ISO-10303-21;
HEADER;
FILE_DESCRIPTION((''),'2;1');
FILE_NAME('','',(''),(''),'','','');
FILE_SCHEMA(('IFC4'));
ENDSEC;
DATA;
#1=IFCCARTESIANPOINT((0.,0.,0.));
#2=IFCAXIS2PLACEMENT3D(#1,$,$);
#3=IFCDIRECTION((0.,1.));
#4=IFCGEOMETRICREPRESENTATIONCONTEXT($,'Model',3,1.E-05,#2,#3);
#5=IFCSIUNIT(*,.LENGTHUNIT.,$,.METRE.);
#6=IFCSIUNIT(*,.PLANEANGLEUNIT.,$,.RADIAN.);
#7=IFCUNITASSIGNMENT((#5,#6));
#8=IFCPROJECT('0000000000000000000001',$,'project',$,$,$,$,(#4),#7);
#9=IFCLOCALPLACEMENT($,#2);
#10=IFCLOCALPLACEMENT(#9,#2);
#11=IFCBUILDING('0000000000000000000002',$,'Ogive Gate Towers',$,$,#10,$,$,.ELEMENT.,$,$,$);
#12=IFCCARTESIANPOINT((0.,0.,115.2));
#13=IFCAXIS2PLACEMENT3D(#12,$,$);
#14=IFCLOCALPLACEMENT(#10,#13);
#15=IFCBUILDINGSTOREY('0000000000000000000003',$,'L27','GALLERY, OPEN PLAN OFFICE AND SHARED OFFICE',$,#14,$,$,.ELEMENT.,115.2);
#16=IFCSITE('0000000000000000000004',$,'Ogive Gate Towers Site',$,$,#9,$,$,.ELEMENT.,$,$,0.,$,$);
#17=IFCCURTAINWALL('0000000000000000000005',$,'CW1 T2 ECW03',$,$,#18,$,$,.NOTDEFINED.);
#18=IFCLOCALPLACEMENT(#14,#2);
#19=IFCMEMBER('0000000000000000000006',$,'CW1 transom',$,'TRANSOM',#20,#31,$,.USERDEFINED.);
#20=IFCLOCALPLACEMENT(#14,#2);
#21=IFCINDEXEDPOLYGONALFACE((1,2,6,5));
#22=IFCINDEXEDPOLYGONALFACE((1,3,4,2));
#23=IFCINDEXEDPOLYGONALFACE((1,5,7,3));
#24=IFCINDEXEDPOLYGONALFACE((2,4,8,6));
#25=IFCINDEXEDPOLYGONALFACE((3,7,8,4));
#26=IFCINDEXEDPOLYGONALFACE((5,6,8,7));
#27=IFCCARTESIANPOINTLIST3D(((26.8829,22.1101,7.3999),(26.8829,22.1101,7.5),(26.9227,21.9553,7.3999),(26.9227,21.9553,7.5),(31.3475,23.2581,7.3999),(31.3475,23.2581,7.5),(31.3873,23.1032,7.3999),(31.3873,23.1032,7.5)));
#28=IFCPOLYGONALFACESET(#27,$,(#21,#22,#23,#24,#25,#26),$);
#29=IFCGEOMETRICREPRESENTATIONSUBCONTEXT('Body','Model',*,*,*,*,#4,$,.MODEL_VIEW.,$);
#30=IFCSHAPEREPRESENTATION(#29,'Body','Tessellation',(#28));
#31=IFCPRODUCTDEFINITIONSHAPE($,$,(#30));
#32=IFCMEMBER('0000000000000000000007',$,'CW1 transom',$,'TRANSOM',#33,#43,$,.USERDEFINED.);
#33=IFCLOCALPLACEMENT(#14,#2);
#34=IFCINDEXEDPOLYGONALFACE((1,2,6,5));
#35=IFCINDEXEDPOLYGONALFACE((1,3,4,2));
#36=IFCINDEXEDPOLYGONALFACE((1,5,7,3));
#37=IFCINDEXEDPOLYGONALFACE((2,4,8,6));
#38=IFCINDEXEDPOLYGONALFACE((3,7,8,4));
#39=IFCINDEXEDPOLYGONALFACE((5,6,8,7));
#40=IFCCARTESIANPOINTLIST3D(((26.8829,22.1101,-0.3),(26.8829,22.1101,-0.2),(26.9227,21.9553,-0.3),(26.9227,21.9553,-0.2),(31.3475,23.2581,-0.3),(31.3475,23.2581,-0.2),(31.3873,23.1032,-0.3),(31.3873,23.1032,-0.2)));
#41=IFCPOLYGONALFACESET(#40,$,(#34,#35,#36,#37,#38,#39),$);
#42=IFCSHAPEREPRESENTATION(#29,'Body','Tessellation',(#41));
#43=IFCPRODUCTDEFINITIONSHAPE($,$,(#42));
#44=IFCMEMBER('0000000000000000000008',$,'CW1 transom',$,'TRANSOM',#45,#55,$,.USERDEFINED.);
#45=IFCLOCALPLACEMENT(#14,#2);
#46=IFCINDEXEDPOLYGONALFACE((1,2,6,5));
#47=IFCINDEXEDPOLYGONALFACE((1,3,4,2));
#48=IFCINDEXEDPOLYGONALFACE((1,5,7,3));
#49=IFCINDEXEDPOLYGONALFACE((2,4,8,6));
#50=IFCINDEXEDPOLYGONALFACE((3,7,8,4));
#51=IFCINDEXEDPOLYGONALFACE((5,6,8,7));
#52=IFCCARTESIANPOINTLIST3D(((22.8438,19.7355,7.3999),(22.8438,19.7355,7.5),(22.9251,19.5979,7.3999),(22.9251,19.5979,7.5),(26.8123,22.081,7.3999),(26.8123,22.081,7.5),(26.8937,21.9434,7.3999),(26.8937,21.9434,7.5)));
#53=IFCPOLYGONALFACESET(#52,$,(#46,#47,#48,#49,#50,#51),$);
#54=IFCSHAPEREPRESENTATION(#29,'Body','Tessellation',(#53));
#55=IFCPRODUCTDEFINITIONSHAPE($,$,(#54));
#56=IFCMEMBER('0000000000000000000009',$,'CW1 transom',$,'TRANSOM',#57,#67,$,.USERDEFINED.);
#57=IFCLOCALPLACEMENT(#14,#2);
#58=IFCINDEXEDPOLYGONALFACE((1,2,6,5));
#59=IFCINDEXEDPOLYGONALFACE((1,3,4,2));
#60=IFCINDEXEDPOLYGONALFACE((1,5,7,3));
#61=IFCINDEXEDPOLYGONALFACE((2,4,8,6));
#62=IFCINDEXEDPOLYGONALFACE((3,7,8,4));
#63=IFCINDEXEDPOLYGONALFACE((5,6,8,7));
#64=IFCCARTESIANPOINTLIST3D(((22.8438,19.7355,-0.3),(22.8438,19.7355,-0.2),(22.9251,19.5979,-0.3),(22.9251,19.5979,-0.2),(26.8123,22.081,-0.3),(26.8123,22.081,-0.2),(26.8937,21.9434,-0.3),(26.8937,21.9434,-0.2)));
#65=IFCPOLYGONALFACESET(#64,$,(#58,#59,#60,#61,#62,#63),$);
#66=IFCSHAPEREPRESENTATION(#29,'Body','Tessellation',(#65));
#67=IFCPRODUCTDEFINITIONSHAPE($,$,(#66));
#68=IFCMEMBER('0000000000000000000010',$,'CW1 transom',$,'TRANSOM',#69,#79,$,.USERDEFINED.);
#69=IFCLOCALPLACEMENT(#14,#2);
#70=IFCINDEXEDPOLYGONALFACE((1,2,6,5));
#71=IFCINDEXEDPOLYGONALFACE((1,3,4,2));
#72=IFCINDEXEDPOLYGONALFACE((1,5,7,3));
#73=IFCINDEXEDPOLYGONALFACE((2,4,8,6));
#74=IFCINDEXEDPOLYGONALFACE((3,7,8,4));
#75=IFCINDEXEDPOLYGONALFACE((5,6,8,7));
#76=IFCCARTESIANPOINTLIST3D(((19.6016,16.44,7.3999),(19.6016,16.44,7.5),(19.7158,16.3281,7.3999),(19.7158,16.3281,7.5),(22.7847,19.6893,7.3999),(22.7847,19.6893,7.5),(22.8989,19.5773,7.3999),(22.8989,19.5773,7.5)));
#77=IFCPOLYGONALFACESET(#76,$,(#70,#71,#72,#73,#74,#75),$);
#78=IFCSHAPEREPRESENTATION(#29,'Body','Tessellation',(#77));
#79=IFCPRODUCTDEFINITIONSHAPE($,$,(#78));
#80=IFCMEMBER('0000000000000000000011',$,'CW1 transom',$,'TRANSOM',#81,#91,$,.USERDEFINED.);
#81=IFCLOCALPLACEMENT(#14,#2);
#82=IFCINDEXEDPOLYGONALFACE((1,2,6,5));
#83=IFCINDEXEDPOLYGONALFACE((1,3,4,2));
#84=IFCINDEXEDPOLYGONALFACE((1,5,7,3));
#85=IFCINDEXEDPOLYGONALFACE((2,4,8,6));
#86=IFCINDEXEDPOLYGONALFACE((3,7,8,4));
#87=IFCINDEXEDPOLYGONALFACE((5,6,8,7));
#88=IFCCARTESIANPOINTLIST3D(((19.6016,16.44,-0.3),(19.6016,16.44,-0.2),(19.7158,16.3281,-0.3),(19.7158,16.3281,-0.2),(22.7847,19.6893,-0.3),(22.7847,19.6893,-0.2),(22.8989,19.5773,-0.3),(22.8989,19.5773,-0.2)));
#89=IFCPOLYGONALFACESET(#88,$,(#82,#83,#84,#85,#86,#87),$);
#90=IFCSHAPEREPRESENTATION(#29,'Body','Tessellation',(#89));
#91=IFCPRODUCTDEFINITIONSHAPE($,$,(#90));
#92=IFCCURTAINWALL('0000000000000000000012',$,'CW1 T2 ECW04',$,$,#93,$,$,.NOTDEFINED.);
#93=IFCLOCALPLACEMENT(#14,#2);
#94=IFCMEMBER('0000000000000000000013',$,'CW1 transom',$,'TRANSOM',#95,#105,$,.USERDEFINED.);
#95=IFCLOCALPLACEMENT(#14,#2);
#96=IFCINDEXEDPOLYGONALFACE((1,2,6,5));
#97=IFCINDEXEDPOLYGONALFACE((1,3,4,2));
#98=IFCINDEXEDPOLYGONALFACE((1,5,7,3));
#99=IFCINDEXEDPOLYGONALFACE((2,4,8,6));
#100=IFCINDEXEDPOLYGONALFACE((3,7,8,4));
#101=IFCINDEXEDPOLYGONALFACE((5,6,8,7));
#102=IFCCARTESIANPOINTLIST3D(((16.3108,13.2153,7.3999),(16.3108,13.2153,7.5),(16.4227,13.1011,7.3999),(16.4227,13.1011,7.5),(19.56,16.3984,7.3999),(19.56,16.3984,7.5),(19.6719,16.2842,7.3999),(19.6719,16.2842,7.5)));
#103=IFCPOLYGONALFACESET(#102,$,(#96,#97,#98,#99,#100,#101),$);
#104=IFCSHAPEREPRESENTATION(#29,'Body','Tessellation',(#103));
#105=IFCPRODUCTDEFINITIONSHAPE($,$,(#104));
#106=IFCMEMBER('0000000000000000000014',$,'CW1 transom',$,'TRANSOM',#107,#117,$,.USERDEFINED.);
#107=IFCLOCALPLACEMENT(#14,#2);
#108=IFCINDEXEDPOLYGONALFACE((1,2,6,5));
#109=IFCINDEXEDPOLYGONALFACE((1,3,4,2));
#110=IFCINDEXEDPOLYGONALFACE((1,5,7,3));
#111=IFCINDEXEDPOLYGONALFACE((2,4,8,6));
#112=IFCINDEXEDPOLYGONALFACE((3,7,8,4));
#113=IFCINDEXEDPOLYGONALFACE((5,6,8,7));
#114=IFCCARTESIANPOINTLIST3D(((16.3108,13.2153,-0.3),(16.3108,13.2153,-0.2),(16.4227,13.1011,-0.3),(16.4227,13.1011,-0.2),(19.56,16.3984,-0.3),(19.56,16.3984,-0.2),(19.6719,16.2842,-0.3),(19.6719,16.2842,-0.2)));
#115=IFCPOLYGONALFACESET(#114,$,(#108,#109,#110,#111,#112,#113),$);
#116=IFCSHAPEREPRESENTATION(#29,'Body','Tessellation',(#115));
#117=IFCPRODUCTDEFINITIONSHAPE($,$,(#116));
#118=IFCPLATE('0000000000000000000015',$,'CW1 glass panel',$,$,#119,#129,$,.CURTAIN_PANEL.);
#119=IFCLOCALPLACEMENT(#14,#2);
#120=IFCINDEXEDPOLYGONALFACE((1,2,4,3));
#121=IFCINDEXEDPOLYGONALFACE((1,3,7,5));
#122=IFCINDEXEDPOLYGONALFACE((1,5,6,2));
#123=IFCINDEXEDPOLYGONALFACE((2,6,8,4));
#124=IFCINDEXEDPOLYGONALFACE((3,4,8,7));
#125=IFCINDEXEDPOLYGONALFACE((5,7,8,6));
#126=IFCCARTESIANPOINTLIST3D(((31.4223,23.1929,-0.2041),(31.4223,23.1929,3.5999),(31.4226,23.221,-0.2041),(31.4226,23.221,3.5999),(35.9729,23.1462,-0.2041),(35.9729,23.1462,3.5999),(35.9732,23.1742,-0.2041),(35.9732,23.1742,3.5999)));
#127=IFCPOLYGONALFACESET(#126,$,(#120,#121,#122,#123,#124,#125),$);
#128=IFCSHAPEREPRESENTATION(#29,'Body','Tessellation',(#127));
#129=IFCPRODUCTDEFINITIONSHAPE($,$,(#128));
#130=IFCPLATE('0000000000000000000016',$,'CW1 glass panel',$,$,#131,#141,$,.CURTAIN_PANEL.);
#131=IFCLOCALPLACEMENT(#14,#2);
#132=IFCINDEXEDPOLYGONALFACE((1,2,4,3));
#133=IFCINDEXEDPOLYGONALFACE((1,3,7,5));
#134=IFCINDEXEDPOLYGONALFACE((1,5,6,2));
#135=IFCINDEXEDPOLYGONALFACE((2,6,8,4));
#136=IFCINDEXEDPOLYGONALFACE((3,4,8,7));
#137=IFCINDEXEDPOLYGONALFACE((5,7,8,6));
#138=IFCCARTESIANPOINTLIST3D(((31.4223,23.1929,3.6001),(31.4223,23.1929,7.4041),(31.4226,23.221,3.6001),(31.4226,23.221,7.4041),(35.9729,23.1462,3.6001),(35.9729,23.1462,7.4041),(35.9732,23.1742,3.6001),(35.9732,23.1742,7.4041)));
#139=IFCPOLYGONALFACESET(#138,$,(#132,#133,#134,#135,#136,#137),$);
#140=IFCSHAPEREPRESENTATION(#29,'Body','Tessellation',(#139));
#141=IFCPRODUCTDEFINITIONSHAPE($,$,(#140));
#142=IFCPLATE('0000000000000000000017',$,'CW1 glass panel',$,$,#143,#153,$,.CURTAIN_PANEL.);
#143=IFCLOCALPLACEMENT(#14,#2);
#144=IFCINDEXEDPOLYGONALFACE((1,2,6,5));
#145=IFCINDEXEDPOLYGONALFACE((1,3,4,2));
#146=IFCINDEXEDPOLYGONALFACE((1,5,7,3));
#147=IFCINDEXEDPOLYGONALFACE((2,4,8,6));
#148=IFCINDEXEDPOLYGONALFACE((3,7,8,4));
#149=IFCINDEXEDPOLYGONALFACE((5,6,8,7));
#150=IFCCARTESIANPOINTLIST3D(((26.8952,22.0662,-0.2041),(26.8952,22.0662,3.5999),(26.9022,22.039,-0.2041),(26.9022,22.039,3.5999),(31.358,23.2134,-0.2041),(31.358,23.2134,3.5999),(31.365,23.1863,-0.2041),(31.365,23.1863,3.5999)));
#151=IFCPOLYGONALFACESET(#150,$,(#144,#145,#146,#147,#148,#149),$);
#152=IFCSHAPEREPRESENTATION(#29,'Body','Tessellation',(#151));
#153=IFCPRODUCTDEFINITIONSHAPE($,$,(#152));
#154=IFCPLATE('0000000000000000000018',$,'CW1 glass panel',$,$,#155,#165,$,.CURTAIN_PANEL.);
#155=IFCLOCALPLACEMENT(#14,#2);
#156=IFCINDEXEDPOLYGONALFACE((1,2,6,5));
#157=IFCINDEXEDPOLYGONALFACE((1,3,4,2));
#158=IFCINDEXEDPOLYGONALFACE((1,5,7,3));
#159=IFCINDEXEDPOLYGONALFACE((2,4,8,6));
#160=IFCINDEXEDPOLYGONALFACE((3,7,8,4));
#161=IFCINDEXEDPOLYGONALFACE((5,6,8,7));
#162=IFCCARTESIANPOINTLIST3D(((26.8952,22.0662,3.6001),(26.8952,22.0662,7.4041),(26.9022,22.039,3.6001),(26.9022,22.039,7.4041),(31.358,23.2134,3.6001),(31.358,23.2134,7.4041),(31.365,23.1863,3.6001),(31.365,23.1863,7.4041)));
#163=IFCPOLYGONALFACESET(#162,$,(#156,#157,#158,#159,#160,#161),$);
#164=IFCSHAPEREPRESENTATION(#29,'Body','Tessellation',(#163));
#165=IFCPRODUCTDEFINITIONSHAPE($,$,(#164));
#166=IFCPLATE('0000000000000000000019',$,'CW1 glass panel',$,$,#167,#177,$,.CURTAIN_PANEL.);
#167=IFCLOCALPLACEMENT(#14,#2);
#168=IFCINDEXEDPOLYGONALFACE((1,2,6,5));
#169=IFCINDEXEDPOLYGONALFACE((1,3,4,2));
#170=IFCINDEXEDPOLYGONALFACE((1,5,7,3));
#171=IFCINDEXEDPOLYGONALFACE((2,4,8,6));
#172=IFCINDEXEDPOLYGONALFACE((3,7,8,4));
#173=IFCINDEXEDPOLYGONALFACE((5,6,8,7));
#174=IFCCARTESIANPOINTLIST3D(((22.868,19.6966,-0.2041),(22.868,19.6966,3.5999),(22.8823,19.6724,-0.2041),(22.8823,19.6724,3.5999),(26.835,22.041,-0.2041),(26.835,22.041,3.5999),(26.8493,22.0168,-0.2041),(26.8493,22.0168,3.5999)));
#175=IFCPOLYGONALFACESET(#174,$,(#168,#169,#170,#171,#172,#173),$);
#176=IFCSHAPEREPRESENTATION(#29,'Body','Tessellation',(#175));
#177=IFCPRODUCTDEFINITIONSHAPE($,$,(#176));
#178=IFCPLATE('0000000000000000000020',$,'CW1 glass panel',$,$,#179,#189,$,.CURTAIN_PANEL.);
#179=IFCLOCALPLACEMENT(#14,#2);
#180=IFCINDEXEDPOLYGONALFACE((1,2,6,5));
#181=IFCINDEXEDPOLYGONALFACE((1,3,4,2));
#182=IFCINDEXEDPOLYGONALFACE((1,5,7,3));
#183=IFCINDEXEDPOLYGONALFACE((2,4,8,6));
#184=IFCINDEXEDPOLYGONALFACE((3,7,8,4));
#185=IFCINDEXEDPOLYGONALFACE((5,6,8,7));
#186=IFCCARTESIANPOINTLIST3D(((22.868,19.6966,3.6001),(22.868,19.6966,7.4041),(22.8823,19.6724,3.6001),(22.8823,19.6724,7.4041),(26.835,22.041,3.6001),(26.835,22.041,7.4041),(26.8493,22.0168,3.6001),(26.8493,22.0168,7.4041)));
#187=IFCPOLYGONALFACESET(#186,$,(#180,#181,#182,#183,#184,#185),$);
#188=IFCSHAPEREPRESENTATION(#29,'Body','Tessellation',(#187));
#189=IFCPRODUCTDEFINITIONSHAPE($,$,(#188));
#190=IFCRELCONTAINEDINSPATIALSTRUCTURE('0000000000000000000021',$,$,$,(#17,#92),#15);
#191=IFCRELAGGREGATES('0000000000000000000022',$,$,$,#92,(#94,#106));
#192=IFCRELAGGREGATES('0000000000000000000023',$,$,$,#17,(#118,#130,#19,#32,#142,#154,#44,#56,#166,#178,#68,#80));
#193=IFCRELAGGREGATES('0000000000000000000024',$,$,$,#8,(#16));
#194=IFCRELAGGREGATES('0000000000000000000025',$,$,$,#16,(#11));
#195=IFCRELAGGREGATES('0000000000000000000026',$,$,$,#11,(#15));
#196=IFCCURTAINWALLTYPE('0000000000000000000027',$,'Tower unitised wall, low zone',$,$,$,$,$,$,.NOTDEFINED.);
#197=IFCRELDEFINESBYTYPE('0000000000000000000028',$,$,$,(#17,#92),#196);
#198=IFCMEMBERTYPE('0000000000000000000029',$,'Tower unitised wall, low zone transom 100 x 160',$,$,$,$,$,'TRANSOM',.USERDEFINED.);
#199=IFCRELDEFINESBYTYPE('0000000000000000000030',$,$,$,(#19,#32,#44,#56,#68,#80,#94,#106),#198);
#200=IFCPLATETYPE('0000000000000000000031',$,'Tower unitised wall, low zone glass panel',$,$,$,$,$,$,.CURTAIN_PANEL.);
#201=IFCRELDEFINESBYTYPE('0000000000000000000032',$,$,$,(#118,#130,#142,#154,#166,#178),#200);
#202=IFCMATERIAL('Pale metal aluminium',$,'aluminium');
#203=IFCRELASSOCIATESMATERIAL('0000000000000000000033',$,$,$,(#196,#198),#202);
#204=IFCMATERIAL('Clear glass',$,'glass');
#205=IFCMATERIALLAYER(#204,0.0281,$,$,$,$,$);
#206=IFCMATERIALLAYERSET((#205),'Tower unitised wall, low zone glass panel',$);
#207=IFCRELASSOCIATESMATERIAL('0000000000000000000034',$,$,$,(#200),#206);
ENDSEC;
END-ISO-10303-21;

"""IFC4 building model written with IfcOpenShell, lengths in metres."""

from ifc_helpers import new_model, si_unit, direction, frame, origin, origin_2d, place, context, subcontext, project, spatial, rectangle, extrude, material, layer, layer_set, material_profile, profile_set, type_object, element, aggregate, save


model = new_model("IFC4")

# Units and contexts
model_context = context("Model", 3, precision=1e-05, world=origin(), true_north=direction((0.0, 1.0)))
body_context = subcontext(model_context, "Body", "Model", "MODEL_VIEW")
ifc_project = project(units=[si_unit("LENGTHUNIT", "METRE"), si_unit("PLANEANGLEUNIT", "RADIAN")], contexts=[model_context])

# Site, building, storey
site_placement = place(None, origin())
site = spatial("IfcSite", under=ifc_project, at=site_placement, Name="Ogive Gate Towers Site", CompositionType="ELEMENT", RefElevation=0.0)
building_placement = place(site_placement, origin())
building = spatial("IfcBuilding", under=site, at=building_placement, Name="Ogive Gate Towers", CompositionType="ELEMENT")
storey_placement = place(building_placement, frame((0.0, 0.0, 115.2)))
storey = spatial("IfcBuildingStorey", under=building, at=storey_placement, Name="L27", Description="GALLERY, OPEN PLAN OFFICE AND SHARED OFFICE", CompositionType="ELEMENT", Elevation=115.2)

# Shared definitions
ifc_material_1 = material(Name="Pale metal aluminium", Category="aluminium")
curtain_wall_type = type_object("IfcCurtainWallType", Name="Tower unitised wall, low zone", PredefinedType="NOTDEFINED", material=ifc_material_1)

# Curtain walls, members
curtain_wall_1_placement = place(storey_placement, origin())
curtain_wall_1 = element("IfcCurtainWall", 1, at=curtain_wall_1_placement, inside=storey, type_object=curtain_wall_type, Name="CW1 T2 ECW03", PredefinedType="NOTDEFINED")
ifc_material_profile_1 = material_profile(ifc_material_1, rectangle(XDim=0.1599, YDim=0.1001, at=origin_2d()), Name="100 x 160 aluminium box")
ifc_profile_set_1 = profile_set([ifc_material_profile_1], Name="Pale metal aluminium")
member_type_1 = type_object("IfcMemberType", Name="Tower unitised wall, low zone transom 100 x 160", ElementType="TRANSOM", PredefinedType="USERDEFINED", material=ifc_profile_set_1)
member_1_placement = place(storey_placement, frame((31.3674, 23.1807, 7.45), z_axis=(-0.968498, -0.249023, 0.0), x_axis=(0.249023, -0.968498, 0.0)))
member_1 = element("IfcMember", 2, at=member_1_placement, type_object=member_type_1, Name="CW1 transom", ObjectType="TRANSOM", PredefinedType="USERDEFINED", context=body_context, shape_type="SweptSolid", body=[
    extrude(rectangle(XDim=0.1599, YDim=0.1001, at=origin_2d()), origin(), (0.0, 0.0, 1.0), 4.6099),
])
member_2_placement = place(storey_placement, frame((31.3674, 23.1807, -0.25), z_axis=(-0.968498, -0.249023, 0.0), x_axis=(0.249023, -0.968498, 0.0)))
member_2 = element("IfcMember", 3, at=member_2_placement, type_object=member_type_1, Name="CW1 transom", ObjectType="TRANSOM", PredefinedType="USERDEFINED", context=body_context, shape_type="SweptSolid", body=[
    extrude(rectangle(XDim=0.1599, YDim=0.1001, at=origin_2d()), origin(), (0.0, 0.0, 1.0), 4.6099),
])
member_3_placement = place(storey_placement, frame((26.853, 22.0122, 7.45), z_axis=(-0.860885, -0.508799, 0.0), x_axis=(0.508799, -0.860885, 0.0)))
member_3 = element("IfcMember", 4, at=member_3_placement, type_object=member_type_1, Name="CW1 transom", ObjectType="TRANSOM", PredefinedType="USERDEFINED", context=body_context, shape_type="SweptSolid", body=[
    extrude(rectangle(XDim=0.1599, YDim=0.1001, at=origin_2d()), origin(), (0.0, 0.0, 1.0), 4.6099),
])
member_4_placement = place(storey_placement, frame((26.853, 22.0122, -0.25), z_axis=(-0.860885, -0.508799, 0.0), x_axis=(0.508799, -0.860885, 0.0)))
member_4 = element("IfcMember", 5, at=member_4_placement, type_object=member_type_1, Name="CW1 transom", ObjectType="TRANSOM", PredefinedType="USERDEFINED", context=body_context, shape_type="SweptSolid", body=[
    extrude(rectangle(XDim=0.1599, YDim=0.1001, at=origin_2d()), origin(), (0.0, 0.0, 1.0), 4.6099),
])
member_5_placement = place(storey_placement, frame((22.8418, 19.6333, 7.45), z_axis=(-0.699797, -0.714342, 0.0), x_axis=(0.714342, -0.699797, 0.0)))
member_5 = element("IfcMember", 6, at=member_5_placement, type_object=member_type_1, Name="CW1 transom", ObjectType="TRANSOM", PredefinedType="USERDEFINED", context=body_context, shape_type="SweptSolid", body=[
    extrude(rectangle(XDim=0.1599, YDim=0.1001, at=origin_2d()), origin(), (0.0, 0.0, 1.0), 4.5486),
])
member_6_placement = place(storey_placement, frame((22.8418, 19.6333, -0.25), z_axis=(-0.699797, -0.714342, 0.0), x_axis=(0.714342, -0.699797, 0.0)))
member_6 = element("IfcMember", 7, at=member_6_placement, type_object=member_type_1, Name="CW1 transom", ObjectType="TRANSOM", PredefinedType="USERDEFINED", context=body_context, shape_type="SweptSolid", body=[
    extrude(rectangle(XDim=0.1599, YDim=0.1001, at=origin_2d()), origin(), (0.0, 0.0, 1.0), 4.5486),
])
curtain_wall_2_placement = place(storey_placement, origin())
curtain_wall_2 = element("IfcCurtainWall", 8, at=curtain_wall_2_placement, inside=storey, type_object=curtain_wall_type, Name="CW1 T2 ECW04", PredefinedType="NOTDEFINED")
member_7_placement = place(storey_placement, frame((19.616, 16.3413, 7.45), z_axis=(-0.714342, -0.699797, 0.0), x_axis=(0.699797, -0.714342, 0.0)))
member_7 = element("IfcMember", 9, at=member_7_placement, type_object=member_type_1, Name="CW1 transom", ObjectType="TRANSOM", PredefinedType="USERDEFINED", context=body_context, shape_type="SweptSolid", body=[
    extrude(rectangle(XDim=0.1599, YDim=0.1001, at=origin_2d()), origin(), (0.0, 0.0, 1.0), 4.5486),
])
member_8_placement = place(storey_placement, frame((19.616, 16.3413, -0.25), z_axis=(-0.714342, -0.699797, 0.0), x_axis=(0.699797, -0.714342, 0.0)))
member_8 = element("IfcMember", 10, at=member_8_placement, type_object=member_type_1, Name="CW1 transom", ObjectType="TRANSOM", PredefinedType="USERDEFINED", context=body_context, shape_type="SweptSolid", body=[
    extrude(rectangle(XDim=0.1599, YDim=0.1001, at=origin_2d()), origin(), (0.0, 0.0, 1.0), 4.5486),
])
aggregate(curtain_wall_2, [member_7, member_8])

# Plates
ifc_material_2 = material(Name="Clear glass", Category="glass")
ifc_layer_1 = layer(ifc_material_2, 0.0281)
ifc_layer_set_1 = layer_set([ifc_layer_1], Name="Tower unitised wall, low zone glass panel")
plate_type = type_object("IfcPlateType", Name="Tower unitised wall, low zone glass panel", PredefinedType="CURTAIN_PANEL", material=ifc_layer_set_1)
plate_1_placement = place(storey_placement, frame((33.6978, 23.1836, -0.2041), z_axis=(0.0, 0.0, 1.0), x_axis=(-0.999947, 0.01028, 0.0)))
plate_1 = element("IfcPlate", 11, at=plate_1_placement, type_object=plate_type, Name="CW1 glass panel", PredefinedType="CURTAIN_PANEL", context=body_context, shape_type="SweptSolid", body=[
    extrude(rectangle(XDim=4.5508, YDim=0.0281, at=origin_2d()), origin(), (0.0, 0.0, 1.0), 3.804),
])
plate_2_placement = place(storey_placement, frame((33.6978, 23.1836, 3.6001), z_axis=(0.0, 0.0, 1.0), x_axis=(-0.999947, 0.01028, 0.0)))
plate_2 = element("IfcPlate", 12, at=plate_2_placement, type_object=plate_type, Name="CW1 glass panel", PredefinedType="CURTAIN_PANEL", context=body_context, shape_type="SweptSolid", body=[
    extrude(rectangle(XDim=4.5508, YDim=0.0281, at=origin_2d()), origin(), (0.0, 0.0, 1.0), 3.804),
])
plate_3_placement = place(storey_placement, frame((29.1301, 22.6262, -0.2041), z_axis=(0.0, 0.0, 1.0), x_axis=(-0.968509, -0.248977, 0.0)))
plate_3 = element("IfcPlate", 13, at=plate_3_placement, type_object=plate_type, Name="CW1 glass panel", PredefinedType="CURTAIN_PANEL", context=body_context, shape_type="SweptSolid", body=[
    extrude(rectangle(XDim=4.6079, YDim=0.0281, at=origin_2d()), origin(), (0.0, 0.0, 1.0), 3.804),
])
plate_4_placement = place(storey_placement, frame((29.1301, 22.6262, 3.6001), z_axis=(0.0, 0.0, 1.0), x_axis=(-0.968509, -0.248977, 0.0)))
plate_4 = element("IfcPlate", 14, at=plate_4_placement, type_object=plate_type, Name="CW1 glass panel", PredefinedType="CURTAIN_PANEL", context=body_context, shape_type="SweptSolid", body=[
    extrude(rectangle(XDim=4.6079, YDim=0.0281, at=origin_2d()), origin(), (0.0, 0.0, 1.0), 3.804),
])
plate_5_placement = place(storey_placement, frame((24.8586, 20.8567, -0.2041), z_axis=(0.0, 0.0, 1.0), x_axis=(-0.860902, -0.508771, 0.0)))
plate_5 = element("IfcPlate", 15, at=plate_5_placement, type_object=plate_type, Name="CW1 glass panel", PredefinedType="CURTAIN_PANEL", context=body_context, shape_type="SweptSolid", body=[
    extrude(rectangle(XDim=4.6079, YDim=0.0281, at=origin_2d()), origin(), (0.0, 0.0, 1.0), 3.804),
])
plate_6_placement = place(storey_placement, frame((24.8586, 20.8567, 3.6001), z_axis=(0.0, 0.0, 1.0), x_axis=(-0.860902, -0.508771, 0.0)))
plate_6 = element("IfcPlate", 16, at=plate_6_placement, type_object=plate_type, Name="CW1 glass panel", PredefinedType="CURTAIN_PANEL", context=body_context, shape_type="SweptSolid", body=[
    extrude(rectangle(XDim=4.6079, YDim=0.0281, at=origin_2d()), origin(), (0.0, 0.0, 1.0), 3.804),
])
aggregate(curtain_wall_1, [plate_1, plate_2, member_1, member_2, plate_3, plate_4, member_3, member_4, plate_5, plate_6, member_5, member_6])

save(model, "model.ifc")
